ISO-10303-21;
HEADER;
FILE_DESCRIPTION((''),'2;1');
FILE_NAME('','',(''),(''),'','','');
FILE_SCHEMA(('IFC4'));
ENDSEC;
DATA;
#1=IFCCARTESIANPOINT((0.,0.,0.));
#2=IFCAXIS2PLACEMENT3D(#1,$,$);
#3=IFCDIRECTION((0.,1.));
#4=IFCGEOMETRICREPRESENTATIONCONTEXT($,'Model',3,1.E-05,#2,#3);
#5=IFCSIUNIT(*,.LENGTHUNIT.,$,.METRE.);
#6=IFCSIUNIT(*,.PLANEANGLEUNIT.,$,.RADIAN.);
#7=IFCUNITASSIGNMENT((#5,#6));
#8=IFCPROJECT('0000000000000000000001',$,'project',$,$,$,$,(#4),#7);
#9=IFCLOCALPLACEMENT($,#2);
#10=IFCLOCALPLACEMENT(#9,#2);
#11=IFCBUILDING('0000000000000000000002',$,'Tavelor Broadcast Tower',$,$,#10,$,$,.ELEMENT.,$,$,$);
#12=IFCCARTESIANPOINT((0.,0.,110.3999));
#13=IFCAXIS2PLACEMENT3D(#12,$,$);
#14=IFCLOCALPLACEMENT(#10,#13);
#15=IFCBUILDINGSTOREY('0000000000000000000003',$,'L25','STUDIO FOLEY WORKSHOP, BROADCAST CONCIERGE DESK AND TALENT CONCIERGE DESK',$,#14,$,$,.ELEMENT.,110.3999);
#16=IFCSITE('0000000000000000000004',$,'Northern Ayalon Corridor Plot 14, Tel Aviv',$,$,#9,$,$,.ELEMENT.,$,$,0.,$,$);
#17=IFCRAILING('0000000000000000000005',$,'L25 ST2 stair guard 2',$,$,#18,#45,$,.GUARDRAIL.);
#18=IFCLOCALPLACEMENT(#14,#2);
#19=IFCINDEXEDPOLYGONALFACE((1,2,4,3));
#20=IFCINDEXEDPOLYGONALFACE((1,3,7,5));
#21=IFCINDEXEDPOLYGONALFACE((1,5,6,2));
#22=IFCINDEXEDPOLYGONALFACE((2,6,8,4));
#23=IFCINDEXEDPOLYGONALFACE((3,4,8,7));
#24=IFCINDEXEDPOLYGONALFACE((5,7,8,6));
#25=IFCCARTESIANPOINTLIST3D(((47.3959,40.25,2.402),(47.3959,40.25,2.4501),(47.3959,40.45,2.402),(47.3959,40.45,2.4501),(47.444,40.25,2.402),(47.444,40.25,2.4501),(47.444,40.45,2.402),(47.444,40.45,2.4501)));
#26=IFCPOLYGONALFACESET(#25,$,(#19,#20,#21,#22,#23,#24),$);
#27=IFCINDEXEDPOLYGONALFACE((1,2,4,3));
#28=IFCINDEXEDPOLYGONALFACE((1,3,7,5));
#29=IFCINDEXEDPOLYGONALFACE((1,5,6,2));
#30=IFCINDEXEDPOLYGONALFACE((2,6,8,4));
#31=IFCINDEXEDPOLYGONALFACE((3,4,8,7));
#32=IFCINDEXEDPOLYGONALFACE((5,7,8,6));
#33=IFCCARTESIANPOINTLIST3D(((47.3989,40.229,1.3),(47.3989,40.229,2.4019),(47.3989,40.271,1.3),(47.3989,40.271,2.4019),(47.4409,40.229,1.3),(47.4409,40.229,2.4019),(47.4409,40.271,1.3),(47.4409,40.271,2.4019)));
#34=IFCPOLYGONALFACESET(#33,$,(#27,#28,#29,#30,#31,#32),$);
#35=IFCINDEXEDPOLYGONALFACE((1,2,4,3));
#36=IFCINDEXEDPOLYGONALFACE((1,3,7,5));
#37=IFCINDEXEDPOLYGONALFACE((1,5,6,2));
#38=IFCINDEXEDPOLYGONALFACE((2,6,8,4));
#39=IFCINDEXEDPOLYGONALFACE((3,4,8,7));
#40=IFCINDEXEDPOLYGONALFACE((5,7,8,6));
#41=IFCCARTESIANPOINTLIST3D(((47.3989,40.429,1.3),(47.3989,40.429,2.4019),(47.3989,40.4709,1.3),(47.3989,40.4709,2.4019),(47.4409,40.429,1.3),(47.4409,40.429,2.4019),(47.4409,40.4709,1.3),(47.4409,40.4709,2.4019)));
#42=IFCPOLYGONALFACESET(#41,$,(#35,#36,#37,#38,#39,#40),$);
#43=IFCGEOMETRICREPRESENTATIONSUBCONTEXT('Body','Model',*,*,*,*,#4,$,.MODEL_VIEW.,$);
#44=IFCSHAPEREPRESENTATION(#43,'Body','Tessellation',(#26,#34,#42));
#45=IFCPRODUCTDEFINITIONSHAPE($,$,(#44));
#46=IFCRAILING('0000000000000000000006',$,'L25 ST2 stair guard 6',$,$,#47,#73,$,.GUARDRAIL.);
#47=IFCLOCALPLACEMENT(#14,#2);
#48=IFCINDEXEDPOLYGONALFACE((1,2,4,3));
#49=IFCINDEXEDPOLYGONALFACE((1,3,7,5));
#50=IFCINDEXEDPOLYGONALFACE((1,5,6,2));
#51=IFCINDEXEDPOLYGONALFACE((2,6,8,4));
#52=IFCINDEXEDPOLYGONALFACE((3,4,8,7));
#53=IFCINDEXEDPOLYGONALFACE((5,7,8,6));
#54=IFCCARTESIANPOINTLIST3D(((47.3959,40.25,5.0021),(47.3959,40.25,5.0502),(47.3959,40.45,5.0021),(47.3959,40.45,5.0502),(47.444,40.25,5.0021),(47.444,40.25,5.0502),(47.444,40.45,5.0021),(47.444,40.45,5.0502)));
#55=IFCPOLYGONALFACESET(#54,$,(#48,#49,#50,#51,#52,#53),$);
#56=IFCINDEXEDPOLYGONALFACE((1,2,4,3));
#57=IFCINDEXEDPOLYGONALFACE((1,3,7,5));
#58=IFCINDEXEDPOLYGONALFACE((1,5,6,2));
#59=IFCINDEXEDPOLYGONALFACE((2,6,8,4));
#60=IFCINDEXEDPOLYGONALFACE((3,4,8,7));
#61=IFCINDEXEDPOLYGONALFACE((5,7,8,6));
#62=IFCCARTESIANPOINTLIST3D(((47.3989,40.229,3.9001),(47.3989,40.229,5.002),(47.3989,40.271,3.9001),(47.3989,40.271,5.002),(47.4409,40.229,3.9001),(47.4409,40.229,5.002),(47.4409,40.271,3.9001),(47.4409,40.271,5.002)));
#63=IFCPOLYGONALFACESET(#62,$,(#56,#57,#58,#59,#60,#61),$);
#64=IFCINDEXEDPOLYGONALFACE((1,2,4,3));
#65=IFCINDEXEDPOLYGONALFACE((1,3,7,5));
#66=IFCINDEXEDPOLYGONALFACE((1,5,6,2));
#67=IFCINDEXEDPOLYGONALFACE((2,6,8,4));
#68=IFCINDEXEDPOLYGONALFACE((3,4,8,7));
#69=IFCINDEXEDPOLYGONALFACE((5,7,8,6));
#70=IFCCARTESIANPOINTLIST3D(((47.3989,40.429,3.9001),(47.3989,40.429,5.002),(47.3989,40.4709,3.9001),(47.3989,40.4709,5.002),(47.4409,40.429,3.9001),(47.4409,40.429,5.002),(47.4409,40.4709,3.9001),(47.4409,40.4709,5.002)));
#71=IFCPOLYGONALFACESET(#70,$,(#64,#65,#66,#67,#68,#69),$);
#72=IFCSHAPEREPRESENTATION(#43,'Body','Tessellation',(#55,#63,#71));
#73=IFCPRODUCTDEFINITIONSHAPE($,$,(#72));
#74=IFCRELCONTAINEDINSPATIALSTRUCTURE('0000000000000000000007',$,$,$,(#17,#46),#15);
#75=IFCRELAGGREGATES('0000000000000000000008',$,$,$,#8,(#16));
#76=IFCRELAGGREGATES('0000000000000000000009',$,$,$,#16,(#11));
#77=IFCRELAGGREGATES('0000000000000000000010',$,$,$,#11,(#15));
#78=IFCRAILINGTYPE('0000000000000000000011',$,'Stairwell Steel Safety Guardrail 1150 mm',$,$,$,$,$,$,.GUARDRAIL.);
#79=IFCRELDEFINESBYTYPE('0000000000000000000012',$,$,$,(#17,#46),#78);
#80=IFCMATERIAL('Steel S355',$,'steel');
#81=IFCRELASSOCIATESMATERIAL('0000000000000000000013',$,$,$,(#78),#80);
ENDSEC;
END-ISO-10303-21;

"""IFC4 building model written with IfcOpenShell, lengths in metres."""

from ifc_helpers import new_model, si_unit, direction, frame, origin, origin_2d, place, context, subcontext, project, spatial, rectangle, extrude, material, type_object, element, save


model = new_model("IFC4")

# Units and contexts
model_context = context("Model", 3, precision=1e-05, world=origin(), true_north=direction((0.0, 1.0)))
body_context = subcontext(model_context, "Body", "Model", "MODEL_VIEW")
ifc_project = project(units=[si_unit("LENGTHUNIT", "METRE"), si_unit("PLANEANGLEUNIT", "RADIAN")], contexts=[model_context])

# Site, building, storey
site_placement = place(None, origin())
site = spatial("IfcSite", under=ifc_project, at=site_placement, Name="Northern Ayalon Corridor Plot 14, Tel Aviv", CompositionType="ELEMENT", RefElevation=0.0)
building_placement = place(site_placement, origin())
building = spatial("IfcBuilding", under=site, at=building_placement, Name="Tavelor Broadcast Tower", CompositionType="ELEMENT")
storey_placement = place(building_placement, frame((0.0, 0.0, 110.3999)))
storey = spatial("IfcBuildingStorey", under=building, at=storey_placement, Name="L25", Description="STUDIO FOLEY WORKSHOP, BROADCAST CONCIERGE DESK AND TALENT CONCIERGE DESK", CompositionType="ELEMENT", Elevation=110.3999)

# Shared definitions
ifc_material_1 = material(Name="Steel S355", Category="steel")

# Railings
railing_type = type_object("IfcRailingType", Name="Stairwell Steel Safety Guardrail 1150 mm", PredefinedType="GUARDRAIL", material=ifc_material_1)
for number, where, name in (
    (1, (47.4199, 40.25, 1.3), "L25 ST2 stair guard 2"),
    (2, (47.4199, 40.25, 3.9001), "L25 ST2 stair guard 6"),
):
    element("IfcRailing", number, at=place(storey_placement, frame(where)), inside=storey, type_object=railing_type, Name=name, PredefinedType="GUARDRAIL", context=body_context, shape_type="SweptSolid", body=[
        extrude(rectangle(XDim=0.0481, YDim=0.0481, at=origin_2d()), frame((0.0, 0.0, 1.126), z_axis=(0.0, 1.0, 0.0), x_axis=(-1.0, 0.0, 0.0)), (0.0, 0.0, 1.0), 0.2),
        extrude(rectangle(XDim=0.042, YDim=0.042, at=origin_2d()), origin(), (0.0, 0.0, 1.0), 1.1018),
        extrude(rectangle(XDim=0.042, YDim=0.042, at=origin_2d()), frame((0.0, 0.2, 0.0)), (0.0, 0.0, 1.0), 1.1018),
    ])

save(model, "model.ifc")
